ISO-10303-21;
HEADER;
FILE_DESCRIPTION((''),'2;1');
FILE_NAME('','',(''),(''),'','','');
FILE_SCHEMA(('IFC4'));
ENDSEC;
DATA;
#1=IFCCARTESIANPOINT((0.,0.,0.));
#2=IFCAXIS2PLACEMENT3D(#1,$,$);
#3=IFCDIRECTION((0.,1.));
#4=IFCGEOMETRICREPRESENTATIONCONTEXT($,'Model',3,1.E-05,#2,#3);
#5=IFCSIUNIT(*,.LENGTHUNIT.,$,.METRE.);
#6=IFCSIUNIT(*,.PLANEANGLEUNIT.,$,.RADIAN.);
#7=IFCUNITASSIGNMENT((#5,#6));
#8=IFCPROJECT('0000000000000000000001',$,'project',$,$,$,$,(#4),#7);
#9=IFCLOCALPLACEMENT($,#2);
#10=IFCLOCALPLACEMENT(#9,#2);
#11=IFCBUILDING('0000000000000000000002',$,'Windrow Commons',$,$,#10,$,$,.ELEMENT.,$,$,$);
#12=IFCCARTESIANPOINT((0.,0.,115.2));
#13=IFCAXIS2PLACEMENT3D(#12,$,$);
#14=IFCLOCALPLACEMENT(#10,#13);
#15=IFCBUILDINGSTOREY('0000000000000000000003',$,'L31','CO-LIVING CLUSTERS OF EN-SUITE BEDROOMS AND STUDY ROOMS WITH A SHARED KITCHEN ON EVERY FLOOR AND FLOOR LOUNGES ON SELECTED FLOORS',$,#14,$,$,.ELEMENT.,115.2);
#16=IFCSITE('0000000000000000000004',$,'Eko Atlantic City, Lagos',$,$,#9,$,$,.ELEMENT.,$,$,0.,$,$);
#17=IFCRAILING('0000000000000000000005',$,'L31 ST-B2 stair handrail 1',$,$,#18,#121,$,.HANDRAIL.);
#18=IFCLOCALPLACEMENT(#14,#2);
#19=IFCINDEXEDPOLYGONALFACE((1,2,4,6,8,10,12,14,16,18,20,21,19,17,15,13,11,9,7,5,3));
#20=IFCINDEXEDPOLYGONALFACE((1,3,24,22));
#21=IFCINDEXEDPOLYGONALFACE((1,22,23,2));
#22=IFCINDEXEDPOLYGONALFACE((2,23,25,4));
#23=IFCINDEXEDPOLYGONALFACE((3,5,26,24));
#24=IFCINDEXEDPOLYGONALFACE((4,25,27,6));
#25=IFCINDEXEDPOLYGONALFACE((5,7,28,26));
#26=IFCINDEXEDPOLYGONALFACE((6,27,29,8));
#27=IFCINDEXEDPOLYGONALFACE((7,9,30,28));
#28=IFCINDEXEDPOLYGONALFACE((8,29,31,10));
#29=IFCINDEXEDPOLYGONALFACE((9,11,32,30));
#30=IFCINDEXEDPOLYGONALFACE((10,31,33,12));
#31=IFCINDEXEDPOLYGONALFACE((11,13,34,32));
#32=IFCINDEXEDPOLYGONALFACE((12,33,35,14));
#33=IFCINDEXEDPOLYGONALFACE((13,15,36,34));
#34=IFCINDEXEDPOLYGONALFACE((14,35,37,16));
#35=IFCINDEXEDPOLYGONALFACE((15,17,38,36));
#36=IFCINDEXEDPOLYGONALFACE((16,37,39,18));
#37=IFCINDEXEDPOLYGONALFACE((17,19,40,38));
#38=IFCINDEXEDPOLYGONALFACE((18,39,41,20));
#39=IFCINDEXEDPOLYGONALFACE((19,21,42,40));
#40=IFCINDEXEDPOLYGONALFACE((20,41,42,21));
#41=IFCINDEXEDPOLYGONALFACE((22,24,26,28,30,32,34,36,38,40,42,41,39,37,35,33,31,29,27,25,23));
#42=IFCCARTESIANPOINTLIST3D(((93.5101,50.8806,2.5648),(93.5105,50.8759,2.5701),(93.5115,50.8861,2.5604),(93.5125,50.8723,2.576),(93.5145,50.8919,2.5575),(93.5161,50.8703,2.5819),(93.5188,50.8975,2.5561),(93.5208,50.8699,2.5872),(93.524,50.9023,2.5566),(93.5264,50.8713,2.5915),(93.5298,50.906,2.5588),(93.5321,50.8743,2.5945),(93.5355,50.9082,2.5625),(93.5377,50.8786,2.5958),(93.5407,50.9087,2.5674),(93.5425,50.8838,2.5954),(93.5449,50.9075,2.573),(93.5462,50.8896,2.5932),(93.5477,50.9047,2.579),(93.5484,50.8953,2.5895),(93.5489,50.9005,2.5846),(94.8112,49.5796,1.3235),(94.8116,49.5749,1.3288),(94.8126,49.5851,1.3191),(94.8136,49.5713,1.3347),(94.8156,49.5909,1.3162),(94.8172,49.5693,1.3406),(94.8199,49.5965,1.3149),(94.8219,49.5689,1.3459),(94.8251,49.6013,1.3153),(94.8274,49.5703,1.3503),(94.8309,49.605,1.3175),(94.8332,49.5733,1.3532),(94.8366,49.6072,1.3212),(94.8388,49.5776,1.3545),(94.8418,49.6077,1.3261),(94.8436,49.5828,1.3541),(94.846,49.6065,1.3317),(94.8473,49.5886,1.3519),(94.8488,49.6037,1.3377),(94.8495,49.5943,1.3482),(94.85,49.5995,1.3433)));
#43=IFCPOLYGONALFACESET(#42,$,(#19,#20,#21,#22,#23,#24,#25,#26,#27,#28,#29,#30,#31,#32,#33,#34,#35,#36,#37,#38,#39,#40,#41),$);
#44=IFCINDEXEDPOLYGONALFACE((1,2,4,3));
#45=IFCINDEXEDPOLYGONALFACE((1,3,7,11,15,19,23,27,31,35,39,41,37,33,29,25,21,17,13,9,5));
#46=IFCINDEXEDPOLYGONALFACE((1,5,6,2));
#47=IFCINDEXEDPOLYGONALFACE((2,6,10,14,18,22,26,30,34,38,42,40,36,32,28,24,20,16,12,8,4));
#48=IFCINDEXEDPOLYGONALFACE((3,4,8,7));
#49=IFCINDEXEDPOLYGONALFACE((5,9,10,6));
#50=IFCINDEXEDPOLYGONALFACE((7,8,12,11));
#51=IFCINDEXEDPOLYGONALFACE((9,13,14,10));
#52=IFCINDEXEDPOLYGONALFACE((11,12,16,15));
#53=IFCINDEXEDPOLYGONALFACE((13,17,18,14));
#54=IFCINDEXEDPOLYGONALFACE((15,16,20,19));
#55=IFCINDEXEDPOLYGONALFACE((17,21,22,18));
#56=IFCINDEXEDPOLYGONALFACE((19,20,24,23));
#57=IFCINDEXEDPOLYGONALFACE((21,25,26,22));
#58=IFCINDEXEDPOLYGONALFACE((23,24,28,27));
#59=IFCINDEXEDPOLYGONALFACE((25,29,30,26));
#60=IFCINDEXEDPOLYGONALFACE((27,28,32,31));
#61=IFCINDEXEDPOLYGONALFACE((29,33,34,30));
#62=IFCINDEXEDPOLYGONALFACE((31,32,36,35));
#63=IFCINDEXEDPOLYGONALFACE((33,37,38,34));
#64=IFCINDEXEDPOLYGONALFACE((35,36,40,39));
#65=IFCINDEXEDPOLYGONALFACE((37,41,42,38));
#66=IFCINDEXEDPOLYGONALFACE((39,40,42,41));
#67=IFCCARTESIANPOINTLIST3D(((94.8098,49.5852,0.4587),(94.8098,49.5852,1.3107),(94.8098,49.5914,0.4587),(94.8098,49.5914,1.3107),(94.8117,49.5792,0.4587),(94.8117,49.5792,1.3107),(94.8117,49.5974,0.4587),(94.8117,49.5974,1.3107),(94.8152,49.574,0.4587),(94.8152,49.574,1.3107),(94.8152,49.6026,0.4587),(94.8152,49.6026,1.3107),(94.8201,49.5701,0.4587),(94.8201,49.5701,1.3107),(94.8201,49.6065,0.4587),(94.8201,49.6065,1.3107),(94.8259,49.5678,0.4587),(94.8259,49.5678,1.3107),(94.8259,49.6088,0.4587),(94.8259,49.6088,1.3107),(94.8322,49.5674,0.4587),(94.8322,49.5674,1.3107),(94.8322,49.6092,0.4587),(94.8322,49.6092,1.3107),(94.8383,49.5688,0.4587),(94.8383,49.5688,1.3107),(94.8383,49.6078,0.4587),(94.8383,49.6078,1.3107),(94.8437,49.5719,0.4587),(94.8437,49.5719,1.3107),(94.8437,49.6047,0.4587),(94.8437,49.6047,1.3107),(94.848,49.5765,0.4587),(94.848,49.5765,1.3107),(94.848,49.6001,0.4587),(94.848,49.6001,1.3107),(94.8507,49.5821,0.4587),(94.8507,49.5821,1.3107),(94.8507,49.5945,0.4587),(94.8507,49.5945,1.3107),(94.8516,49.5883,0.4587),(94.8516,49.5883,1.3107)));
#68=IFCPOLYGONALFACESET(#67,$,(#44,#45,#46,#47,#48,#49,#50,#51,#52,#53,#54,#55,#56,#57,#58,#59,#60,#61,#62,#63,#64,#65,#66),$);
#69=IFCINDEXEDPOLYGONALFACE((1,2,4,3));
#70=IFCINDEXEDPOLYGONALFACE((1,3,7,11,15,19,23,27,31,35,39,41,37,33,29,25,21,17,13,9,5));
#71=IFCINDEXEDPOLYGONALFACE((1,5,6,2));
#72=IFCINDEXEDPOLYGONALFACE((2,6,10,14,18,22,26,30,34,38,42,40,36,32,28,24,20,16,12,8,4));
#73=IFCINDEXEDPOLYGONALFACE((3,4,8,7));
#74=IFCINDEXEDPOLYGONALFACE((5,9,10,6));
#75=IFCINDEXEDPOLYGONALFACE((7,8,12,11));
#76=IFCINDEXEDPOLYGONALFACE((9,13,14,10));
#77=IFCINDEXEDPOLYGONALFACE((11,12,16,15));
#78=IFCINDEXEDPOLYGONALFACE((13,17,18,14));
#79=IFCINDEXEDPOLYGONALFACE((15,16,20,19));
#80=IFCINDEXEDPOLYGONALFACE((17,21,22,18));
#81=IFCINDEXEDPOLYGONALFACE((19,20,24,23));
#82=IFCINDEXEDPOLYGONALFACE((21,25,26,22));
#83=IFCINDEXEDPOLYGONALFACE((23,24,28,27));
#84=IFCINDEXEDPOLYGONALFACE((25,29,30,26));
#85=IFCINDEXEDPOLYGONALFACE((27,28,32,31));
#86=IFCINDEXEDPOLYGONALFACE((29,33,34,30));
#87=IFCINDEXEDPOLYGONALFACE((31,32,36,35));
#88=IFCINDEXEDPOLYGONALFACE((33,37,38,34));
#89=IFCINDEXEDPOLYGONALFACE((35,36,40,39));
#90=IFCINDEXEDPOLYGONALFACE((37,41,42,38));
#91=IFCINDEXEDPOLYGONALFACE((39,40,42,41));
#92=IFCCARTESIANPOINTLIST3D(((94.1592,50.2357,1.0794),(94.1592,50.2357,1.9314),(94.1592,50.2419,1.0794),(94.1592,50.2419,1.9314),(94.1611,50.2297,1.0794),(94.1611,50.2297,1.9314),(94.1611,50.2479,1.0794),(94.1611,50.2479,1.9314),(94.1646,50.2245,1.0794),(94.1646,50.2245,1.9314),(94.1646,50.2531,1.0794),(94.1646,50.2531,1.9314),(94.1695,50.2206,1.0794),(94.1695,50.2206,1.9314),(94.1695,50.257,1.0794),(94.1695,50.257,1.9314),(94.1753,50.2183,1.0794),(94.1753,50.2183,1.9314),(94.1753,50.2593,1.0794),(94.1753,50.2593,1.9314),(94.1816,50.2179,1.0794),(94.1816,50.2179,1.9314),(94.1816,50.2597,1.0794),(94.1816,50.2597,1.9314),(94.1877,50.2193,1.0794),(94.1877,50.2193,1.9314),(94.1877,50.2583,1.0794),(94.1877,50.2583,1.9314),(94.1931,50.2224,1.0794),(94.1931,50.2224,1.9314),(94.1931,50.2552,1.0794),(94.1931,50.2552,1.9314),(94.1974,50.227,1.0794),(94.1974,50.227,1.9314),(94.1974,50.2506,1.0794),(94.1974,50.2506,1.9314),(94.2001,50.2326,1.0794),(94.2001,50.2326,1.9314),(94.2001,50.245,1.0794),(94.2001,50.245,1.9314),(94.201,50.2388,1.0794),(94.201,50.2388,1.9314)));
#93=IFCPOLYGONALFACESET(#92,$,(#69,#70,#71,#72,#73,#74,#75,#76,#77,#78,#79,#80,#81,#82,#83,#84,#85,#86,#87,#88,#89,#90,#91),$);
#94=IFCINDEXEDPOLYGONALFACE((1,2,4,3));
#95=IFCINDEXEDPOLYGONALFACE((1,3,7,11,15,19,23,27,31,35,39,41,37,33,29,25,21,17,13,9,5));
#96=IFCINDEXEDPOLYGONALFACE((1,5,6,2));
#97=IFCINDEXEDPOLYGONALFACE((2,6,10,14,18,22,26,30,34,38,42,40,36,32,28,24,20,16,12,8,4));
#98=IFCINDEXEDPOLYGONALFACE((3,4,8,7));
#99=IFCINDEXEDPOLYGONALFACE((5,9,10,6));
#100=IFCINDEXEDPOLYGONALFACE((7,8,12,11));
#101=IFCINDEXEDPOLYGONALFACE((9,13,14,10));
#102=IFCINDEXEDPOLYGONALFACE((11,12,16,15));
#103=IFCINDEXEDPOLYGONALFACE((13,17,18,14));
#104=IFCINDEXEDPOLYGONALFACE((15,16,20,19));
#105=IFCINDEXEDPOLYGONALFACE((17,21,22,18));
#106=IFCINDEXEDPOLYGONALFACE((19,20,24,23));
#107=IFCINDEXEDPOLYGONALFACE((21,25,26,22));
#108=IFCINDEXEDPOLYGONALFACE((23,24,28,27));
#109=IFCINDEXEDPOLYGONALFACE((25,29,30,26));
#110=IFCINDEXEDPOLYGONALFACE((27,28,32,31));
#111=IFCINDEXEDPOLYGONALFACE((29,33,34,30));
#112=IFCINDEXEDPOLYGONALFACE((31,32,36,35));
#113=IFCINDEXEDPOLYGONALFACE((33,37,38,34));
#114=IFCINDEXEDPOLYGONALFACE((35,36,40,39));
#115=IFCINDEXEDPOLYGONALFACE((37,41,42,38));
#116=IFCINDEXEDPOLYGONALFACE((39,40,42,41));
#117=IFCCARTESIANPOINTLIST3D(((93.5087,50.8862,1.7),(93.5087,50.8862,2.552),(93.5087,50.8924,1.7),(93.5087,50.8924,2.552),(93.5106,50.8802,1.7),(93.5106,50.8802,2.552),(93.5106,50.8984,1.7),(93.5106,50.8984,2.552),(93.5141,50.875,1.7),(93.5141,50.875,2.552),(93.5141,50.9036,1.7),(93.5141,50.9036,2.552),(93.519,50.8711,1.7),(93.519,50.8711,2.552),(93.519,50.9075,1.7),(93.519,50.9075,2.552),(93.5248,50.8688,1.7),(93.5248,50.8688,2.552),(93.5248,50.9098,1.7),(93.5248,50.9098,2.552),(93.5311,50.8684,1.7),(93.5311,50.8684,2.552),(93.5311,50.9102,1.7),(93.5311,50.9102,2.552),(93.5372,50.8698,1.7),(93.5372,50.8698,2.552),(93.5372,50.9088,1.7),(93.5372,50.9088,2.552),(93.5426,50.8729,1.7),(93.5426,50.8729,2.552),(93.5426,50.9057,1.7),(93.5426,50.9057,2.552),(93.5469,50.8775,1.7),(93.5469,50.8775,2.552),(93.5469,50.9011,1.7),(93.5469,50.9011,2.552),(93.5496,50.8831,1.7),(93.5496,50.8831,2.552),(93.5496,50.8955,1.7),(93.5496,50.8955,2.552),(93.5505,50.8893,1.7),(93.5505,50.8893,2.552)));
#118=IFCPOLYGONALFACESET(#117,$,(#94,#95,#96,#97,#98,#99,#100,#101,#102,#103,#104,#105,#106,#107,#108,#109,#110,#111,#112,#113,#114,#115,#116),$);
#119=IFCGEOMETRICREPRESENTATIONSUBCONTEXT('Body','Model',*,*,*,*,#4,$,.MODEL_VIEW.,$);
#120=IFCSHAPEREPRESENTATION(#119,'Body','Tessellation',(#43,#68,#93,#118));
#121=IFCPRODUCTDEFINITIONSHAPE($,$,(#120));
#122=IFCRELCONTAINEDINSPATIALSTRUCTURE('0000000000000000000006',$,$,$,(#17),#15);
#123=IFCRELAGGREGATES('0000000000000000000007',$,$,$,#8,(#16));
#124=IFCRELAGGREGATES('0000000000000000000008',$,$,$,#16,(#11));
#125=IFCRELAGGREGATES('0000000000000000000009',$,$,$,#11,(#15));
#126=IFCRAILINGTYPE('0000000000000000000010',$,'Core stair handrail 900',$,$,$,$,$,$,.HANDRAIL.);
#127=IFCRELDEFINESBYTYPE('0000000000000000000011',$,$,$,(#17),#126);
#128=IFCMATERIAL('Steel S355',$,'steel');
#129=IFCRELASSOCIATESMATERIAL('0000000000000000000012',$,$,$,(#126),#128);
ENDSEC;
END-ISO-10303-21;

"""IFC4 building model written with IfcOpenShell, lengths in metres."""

from ifc_helpers import new_model, si_unit, direction, frame, origin, origin_2d, place, context, subcontext, project, spatial, circle, extrude, material, type_object, element, save


model = new_model("IFC4")

# Units and contexts
model_context = context("Model", 3, precision=1e-05, world=origin(), true_north=direction((0.0, 1.0)))
body_context = subcontext(model_context, "Body", "Model", "MODEL_VIEW")
ifc_project = project(units=[si_unit("LENGTHUNIT", "METRE"), si_unit("PLANEANGLEUNIT", "RADIAN")], contexts=[model_context])

# Site, building, storey
site_placement = place(None, origin())
site = spatial("IfcSite", under=ifc_project, at=site_placement, Name="Eko Atlantic City, Lagos", CompositionType="ELEMENT", RefElevation=0.0)
building_placement = place(site_placement, origin())
building = spatial("IfcBuilding", under=site, at=building_placement, Name="Windrow Commons", CompositionType="ELEMENT")
storey_placement = place(building_placement, frame((0.0, 0.0, 115.2)))
storey = spatial("IfcBuildingStorey", under=building, at=storey_placement, Name="L31", Description="CO-LIVING CLUSTERS OF EN-SUITE BEDROOMS AND STUDY ROOMS WITH A SHARED KITCHEN ON EVERY FLOOR AND FLOOR LOUNGES ON SELECTED FLOORS", CompositionType="ELEMENT", Elevation=115.2)

# Railing
ifc_material_1 = material(Name="Steel S355", Category="steel")
railing_type_1 = type_object("IfcRailingType", Name="Core stair handrail 900", PredefinedType="HANDRAIL", material=ifc_material_1)
railing_1_placement = place(storey_placement, frame((94.8306, 49.5883, 0.4587)))
element("IfcRailing", 1, at=railing_1_placement, inside=storey, type_object=railing_type_1, Name="L31 ST-B2 stair handrail 1", PredefinedType="HANDRAIL", context=body_context, shape_type="SweptSolid", body=[
    extrude(circle(Radius=0.024, at=origin_2d()), frame((0.0, 0.0, 0.876), z_axis=(-0.586207, 0.586162, 0.559264), x_axis=(-0.70708, -0.707134, 0.0)), (0.0, 0.0, 1.0), 2.2195),
    extrude(circle(Radius=0.021, at=origin_2d()), origin(), (0.0, 0.0, 1.0), 0.852),
    extrude(circle(Radius=0.021, at=origin_2d()), frame((-0.6506, 0.6505, 0.6207)), (0.0, 0.0, 1.0), 0.852),
    extrude(circle(Radius=0.021, at=origin_2d()), frame((-1.3011, 1.301, 1.2413)), (0.0, 0.0, 1.0), 0.852),
])

save(model, "model.ifc")
